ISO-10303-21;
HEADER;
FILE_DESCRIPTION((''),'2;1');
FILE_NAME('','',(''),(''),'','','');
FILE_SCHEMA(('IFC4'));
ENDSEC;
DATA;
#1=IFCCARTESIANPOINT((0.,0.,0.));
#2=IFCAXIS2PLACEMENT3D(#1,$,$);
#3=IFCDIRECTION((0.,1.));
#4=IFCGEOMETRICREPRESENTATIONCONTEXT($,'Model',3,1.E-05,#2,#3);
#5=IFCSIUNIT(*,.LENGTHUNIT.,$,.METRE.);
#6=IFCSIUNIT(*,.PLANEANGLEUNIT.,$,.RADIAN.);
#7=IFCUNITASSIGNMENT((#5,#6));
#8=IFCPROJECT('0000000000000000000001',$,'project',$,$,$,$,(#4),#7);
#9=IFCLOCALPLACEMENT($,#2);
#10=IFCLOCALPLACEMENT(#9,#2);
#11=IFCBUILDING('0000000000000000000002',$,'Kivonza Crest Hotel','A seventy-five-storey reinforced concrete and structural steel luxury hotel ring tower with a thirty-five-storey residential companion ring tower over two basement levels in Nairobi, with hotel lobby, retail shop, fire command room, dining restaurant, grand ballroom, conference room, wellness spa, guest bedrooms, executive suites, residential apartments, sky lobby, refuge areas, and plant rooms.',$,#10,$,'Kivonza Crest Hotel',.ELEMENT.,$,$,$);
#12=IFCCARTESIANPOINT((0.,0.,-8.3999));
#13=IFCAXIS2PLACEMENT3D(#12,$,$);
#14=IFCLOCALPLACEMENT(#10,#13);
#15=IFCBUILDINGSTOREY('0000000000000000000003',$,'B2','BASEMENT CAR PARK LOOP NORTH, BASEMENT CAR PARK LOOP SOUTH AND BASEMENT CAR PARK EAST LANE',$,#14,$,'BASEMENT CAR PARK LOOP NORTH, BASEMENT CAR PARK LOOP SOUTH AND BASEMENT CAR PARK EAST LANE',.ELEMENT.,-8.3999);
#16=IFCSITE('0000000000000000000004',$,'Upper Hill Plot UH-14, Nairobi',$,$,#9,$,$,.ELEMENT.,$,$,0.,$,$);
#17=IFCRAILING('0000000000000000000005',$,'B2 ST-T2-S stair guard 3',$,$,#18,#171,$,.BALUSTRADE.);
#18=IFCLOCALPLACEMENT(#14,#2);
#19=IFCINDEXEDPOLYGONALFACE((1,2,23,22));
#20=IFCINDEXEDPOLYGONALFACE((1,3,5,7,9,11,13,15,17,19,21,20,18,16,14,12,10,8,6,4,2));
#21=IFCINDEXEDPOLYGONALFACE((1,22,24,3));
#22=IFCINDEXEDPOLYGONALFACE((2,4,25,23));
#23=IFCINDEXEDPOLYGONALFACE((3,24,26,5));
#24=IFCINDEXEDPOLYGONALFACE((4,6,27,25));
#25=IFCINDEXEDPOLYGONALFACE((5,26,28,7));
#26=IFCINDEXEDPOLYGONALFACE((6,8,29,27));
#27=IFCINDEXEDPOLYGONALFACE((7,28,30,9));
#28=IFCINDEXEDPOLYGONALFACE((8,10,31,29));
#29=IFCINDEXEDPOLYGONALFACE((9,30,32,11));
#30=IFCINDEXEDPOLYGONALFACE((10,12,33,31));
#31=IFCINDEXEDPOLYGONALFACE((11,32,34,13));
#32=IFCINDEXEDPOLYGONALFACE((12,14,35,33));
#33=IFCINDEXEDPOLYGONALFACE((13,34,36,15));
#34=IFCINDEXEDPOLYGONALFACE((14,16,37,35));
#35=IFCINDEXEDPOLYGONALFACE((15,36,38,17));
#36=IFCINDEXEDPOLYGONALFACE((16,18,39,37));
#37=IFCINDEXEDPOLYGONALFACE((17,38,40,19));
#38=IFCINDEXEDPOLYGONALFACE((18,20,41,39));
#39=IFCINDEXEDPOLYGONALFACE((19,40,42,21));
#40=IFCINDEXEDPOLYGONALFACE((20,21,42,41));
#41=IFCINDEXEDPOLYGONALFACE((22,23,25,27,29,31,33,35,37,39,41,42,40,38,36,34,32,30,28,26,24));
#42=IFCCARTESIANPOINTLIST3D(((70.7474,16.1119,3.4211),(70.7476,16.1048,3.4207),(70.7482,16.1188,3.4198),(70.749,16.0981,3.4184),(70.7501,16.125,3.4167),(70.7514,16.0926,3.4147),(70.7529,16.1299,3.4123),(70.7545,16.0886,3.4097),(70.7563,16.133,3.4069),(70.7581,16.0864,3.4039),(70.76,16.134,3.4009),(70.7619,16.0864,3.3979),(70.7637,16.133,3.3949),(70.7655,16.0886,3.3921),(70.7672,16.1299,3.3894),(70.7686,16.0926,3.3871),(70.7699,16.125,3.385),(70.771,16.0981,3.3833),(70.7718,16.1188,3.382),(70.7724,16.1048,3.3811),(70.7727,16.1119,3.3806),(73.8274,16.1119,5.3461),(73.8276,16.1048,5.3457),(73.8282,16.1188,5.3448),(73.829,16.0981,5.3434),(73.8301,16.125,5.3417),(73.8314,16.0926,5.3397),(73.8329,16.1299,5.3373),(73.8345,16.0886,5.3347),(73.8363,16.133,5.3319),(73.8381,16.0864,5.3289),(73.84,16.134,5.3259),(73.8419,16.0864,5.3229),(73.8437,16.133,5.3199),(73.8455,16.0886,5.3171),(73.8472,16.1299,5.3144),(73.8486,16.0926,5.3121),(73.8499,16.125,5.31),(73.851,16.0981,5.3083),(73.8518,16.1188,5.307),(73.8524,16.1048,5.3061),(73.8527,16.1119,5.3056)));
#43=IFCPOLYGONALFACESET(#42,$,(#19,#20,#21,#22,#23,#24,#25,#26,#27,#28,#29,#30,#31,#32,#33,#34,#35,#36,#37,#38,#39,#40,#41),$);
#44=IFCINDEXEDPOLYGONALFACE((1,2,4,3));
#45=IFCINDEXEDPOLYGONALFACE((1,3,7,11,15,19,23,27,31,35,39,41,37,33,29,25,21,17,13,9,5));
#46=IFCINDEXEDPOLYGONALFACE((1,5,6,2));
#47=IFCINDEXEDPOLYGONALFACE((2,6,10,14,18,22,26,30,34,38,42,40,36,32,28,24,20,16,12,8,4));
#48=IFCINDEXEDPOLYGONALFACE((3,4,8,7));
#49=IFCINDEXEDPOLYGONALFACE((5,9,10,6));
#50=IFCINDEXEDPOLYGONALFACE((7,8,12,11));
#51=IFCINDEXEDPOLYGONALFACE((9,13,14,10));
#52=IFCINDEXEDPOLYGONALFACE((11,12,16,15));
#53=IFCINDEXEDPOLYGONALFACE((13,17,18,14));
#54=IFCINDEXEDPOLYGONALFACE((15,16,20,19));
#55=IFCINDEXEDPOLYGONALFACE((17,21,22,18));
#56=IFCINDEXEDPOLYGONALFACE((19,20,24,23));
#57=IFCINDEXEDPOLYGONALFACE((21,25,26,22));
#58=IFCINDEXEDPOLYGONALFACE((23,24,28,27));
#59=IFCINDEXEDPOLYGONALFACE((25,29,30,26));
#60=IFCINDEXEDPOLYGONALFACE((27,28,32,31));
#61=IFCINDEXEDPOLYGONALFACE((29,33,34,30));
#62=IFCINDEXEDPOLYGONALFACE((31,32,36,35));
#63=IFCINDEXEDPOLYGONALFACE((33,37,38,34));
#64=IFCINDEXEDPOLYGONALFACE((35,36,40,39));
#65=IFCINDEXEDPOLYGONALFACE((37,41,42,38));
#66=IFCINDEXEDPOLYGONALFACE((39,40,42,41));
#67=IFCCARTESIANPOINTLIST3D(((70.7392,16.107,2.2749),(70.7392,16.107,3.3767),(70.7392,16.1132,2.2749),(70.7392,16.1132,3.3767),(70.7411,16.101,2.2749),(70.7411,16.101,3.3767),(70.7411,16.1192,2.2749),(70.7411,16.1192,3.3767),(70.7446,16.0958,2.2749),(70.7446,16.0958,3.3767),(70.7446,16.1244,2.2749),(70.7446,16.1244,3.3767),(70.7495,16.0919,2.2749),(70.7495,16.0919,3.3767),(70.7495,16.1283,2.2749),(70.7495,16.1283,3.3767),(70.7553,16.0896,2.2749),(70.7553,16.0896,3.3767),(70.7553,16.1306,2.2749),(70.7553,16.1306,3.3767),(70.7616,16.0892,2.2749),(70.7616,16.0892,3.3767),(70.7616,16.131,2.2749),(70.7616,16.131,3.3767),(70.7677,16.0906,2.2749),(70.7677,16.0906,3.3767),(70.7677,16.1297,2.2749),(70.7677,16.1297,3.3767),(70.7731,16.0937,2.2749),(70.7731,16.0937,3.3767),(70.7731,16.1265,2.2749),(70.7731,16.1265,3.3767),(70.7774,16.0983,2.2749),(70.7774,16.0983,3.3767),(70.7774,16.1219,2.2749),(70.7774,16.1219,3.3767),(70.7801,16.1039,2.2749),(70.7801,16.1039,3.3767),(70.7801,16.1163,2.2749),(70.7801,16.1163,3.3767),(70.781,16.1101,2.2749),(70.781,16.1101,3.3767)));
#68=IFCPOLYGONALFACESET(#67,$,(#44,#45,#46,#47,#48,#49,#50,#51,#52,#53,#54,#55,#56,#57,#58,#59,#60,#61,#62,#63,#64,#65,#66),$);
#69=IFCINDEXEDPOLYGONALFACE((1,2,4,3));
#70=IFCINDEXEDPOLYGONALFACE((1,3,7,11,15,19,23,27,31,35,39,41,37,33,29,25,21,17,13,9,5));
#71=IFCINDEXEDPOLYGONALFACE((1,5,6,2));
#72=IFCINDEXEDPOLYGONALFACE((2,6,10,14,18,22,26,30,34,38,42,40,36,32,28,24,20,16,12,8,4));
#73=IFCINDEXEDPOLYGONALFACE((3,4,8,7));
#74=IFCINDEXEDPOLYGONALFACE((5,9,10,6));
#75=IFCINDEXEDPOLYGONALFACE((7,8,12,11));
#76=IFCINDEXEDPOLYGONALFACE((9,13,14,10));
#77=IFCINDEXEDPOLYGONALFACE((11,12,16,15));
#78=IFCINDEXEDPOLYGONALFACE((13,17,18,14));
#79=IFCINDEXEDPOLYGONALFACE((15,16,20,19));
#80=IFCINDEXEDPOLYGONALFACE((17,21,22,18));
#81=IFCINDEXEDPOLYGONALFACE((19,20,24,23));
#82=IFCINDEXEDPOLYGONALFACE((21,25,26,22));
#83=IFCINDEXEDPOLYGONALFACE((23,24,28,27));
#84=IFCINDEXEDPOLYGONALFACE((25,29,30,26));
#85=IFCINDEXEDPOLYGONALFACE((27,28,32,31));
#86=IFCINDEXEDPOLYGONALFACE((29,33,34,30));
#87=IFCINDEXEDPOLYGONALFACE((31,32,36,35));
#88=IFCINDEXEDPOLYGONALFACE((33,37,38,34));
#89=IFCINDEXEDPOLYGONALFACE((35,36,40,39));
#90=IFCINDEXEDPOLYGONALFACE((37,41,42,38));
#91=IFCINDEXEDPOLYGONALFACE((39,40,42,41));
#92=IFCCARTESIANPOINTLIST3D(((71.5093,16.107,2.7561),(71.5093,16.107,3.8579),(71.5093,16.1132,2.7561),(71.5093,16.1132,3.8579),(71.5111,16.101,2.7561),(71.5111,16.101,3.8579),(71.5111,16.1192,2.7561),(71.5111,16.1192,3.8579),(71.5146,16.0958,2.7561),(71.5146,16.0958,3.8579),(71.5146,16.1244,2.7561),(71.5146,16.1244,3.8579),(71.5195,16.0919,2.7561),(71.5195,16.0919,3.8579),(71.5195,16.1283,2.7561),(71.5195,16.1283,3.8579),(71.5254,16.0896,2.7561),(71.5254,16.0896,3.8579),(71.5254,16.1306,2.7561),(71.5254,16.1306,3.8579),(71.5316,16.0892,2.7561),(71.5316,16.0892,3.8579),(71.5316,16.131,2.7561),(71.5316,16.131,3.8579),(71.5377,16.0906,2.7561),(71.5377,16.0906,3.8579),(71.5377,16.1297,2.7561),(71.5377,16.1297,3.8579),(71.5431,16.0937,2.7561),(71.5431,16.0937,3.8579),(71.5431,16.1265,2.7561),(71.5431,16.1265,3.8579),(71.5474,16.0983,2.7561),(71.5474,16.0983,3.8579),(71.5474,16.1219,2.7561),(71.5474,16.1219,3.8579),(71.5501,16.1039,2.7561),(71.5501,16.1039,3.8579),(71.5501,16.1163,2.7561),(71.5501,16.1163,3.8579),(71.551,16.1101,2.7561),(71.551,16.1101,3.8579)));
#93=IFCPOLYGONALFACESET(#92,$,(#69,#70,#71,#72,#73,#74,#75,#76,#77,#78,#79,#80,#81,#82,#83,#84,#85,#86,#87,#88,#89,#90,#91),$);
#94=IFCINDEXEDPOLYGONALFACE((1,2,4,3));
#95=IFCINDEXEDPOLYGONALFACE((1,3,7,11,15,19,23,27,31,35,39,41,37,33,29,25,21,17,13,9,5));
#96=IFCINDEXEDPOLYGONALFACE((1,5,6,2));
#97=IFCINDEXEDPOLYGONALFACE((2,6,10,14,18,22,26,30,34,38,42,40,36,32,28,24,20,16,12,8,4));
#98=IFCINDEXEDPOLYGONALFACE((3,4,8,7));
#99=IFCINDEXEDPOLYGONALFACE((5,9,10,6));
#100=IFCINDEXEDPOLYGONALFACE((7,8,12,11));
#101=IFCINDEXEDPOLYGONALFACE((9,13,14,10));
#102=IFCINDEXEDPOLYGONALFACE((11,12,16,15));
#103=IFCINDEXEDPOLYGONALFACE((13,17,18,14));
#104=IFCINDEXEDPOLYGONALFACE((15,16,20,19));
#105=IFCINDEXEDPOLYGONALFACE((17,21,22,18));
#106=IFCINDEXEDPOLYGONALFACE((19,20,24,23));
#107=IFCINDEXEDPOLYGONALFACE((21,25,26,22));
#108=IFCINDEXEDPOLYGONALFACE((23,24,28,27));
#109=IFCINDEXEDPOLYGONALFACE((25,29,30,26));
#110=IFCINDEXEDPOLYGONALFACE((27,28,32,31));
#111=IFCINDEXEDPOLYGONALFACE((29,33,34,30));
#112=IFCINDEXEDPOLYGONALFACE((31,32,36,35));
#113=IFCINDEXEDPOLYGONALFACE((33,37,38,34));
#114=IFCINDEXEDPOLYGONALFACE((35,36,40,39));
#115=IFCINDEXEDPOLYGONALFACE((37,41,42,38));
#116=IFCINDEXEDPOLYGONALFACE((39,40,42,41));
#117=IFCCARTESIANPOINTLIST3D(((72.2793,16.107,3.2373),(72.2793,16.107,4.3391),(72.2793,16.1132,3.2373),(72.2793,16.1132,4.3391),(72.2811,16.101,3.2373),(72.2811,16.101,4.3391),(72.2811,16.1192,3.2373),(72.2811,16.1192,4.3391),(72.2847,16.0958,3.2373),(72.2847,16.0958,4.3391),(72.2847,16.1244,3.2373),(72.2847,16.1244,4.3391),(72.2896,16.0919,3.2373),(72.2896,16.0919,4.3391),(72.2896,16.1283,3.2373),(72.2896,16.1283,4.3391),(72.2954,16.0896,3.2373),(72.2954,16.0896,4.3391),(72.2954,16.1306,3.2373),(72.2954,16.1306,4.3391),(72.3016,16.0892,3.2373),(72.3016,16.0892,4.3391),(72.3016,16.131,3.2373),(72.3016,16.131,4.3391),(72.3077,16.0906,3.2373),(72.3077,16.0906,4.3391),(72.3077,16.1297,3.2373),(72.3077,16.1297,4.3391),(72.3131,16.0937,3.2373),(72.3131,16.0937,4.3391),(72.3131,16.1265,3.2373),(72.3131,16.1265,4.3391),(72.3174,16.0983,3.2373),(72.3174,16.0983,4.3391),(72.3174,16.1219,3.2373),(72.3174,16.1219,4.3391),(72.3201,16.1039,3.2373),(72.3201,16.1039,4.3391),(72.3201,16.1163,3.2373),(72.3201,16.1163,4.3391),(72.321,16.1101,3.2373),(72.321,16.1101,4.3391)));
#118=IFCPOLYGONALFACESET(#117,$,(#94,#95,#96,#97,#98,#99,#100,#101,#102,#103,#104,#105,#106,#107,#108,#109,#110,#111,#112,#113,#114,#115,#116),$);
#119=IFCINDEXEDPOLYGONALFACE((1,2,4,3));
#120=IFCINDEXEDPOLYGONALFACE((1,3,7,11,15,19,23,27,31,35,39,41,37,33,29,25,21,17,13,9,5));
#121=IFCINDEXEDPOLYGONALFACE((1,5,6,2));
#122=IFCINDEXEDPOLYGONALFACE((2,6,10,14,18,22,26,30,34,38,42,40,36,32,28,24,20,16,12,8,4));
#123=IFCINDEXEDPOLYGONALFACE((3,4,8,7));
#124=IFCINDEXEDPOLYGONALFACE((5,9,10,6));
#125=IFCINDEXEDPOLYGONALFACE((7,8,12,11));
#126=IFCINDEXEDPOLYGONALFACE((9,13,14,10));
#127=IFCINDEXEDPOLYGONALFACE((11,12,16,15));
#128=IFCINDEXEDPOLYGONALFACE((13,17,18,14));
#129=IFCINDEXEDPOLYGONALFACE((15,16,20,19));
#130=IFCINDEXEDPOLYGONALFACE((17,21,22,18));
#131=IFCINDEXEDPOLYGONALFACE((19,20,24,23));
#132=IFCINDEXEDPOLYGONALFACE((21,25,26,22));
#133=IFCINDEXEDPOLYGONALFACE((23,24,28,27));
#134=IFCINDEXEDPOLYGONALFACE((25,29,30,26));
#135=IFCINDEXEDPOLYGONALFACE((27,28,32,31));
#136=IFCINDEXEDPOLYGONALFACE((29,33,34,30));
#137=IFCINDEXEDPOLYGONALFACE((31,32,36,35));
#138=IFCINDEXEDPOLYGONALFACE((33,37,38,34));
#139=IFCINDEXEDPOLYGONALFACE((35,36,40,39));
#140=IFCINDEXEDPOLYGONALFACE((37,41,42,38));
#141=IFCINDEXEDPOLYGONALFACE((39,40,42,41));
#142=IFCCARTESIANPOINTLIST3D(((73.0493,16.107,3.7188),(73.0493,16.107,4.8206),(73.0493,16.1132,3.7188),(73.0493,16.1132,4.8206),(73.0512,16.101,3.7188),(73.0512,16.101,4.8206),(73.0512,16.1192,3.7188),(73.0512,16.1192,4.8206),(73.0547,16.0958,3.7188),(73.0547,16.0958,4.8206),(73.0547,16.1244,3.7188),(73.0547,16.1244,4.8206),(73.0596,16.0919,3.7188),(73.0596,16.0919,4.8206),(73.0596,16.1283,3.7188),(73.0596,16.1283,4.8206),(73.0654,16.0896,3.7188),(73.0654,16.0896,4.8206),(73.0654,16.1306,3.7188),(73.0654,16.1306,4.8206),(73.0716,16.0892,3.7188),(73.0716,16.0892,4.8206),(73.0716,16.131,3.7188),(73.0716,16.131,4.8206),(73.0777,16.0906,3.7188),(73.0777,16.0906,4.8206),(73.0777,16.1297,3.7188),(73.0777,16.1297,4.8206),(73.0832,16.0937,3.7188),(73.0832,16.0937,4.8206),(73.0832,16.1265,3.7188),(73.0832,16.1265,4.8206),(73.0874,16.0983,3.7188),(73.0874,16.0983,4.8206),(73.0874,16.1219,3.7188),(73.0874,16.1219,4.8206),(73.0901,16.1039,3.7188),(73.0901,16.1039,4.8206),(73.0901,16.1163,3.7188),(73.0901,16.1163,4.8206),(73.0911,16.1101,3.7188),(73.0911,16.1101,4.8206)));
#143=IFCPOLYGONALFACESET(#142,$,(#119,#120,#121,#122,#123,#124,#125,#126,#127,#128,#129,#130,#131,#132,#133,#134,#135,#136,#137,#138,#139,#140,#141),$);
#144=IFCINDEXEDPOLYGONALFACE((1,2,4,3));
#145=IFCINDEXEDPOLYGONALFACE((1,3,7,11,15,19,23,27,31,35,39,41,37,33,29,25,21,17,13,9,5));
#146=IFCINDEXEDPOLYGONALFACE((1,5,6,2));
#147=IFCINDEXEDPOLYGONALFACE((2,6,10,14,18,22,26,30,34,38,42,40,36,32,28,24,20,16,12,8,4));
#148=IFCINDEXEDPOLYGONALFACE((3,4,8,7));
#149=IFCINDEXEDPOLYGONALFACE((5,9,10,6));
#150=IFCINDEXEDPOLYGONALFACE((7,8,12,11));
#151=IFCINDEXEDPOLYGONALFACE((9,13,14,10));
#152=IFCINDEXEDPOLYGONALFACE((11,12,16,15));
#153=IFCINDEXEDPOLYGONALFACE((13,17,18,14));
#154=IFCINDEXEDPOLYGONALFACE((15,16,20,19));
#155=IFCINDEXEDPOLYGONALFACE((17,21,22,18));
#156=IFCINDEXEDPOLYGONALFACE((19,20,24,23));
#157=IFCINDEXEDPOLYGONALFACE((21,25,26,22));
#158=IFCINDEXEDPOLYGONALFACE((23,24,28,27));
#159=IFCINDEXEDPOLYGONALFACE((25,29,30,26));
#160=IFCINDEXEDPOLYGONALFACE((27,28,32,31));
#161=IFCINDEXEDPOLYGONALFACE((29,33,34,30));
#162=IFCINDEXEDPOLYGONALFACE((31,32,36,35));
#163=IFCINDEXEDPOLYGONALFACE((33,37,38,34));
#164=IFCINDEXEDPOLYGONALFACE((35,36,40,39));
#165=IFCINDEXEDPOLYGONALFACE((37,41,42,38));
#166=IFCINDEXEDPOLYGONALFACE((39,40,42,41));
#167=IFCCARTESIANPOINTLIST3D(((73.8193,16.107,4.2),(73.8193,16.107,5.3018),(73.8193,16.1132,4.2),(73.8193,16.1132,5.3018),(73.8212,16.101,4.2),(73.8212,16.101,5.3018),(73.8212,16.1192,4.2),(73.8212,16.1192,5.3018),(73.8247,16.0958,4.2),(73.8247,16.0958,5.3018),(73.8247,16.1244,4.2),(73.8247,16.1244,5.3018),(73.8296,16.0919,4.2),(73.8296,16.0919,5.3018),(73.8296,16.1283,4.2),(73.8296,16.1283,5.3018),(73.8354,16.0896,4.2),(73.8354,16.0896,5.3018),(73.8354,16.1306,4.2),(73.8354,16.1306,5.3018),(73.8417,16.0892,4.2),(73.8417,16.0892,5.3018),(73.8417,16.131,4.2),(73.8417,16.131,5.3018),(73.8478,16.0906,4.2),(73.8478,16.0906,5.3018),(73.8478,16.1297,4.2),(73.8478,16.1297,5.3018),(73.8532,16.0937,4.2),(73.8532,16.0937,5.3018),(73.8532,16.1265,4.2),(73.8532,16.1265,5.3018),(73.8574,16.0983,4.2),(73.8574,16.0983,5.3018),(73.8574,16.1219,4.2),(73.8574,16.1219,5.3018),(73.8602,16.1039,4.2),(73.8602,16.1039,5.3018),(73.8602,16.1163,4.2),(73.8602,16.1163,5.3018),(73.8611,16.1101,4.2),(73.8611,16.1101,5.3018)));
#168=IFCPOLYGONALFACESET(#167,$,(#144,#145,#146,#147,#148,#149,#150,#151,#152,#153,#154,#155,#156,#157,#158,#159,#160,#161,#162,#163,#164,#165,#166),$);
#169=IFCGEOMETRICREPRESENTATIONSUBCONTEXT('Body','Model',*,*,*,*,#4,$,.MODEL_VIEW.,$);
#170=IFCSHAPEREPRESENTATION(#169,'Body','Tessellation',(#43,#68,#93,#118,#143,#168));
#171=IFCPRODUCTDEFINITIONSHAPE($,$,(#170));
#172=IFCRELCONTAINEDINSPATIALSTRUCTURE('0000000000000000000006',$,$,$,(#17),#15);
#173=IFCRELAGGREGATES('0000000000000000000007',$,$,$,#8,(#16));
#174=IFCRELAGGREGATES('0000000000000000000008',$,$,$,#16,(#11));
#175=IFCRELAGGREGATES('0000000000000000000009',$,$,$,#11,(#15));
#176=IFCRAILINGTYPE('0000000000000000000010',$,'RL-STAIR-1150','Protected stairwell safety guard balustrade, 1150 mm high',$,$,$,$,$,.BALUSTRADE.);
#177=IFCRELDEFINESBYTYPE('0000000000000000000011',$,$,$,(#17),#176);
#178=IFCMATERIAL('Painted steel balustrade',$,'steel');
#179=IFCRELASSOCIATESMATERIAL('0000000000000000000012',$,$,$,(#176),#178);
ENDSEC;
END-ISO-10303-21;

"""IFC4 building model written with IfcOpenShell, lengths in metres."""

from ifc_helpers import new_model, si_unit, direction, frame, origin, origin_2d, place, context, subcontext, project, spatial, circle, extrude, material, type_object, element, save


model = new_model("IFC4")

# Units and contexts
model_context = context("Model", 3, precision=1e-05, world=origin(), true_north=direction((0.0, 1.0)))
body_context = subcontext(model_context, "Body", "Model", "MODEL_VIEW")
ifc_project = project(units=[si_unit("LENGTHUNIT", "METRE"), si_unit("PLANEANGLEUNIT", "RADIAN")], contexts=[model_context])

# Site, building, storey
site_placement = place(None, origin())
site = spatial("IfcSite", under=ifc_project, at=site_placement, Name="Upper Hill Plot UH-14, Nairobi", CompositionType="ELEMENT", RefElevation=0.0)
building_placement = place(site_placement, origin())
building = spatial("IfcBuilding", under=site, at=building_placement, Name="Kivonza Crest Hotel", Description="A seventy-five-storey reinforced concrete and structural steel luxury hotel ring tower with a thirty-five-storey residential companion ring tower over two basement levels in Nairobi, with hotel lobby, retail shop, fire command room, dining restaurant, grand ballroom, conference room, wellness spa, guest bedrooms, executive suites, residential apartments, sky lobby, refuge areas, and plant rooms.", LongName="Kivonza Crest Hotel", CompositionType="ELEMENT")
storey_placement = place(building_placement, frame((0.0, 0.0, -8.3999)))
storey = spatial("IfcBuildingStorey", under=building, at=storey_placement, Name="B2", Description="BASEMENT CAR PARK LOOP NORTH, BASEMENT CAR PARK LOOP SOUTH AND BASEMENT CAR PARK EAST LANE", LongName="BASEMENT CAR PARK LOOP NORTH, BASEMENT CAR PARK LOOP SOUTH AND BASEMENT CAR PARK EAST LANE", CompositionType="ELEMENT", Elevation=-8.3999)

# Railing
ifc_material_1 = material(Name="Painted steel balustrade", Category="steel")
railing_type_1 = type_object("IfcRailingType", Name="RL-STAIR-1150", Description="Protected stairwell safety guard balustrade, 1150 mm high", PredefinedType="BALUSTRADE", material=ifc_material_1)
railing_1_placement = place(storey_placement, frame((70.76, 16.1101, 2.2749)))
element("IfcRailing", 1, at=railing_1_placement, inside=storey, type_object=railing_type_1, Name="B2 ST-T2-S stair guard 3", PredefinedType="BALUSTRADE", context=body_context, shape_type="SweptSolid", body=[
    extrude(circle(Radius=0.0239, at=origin_2d()), frame((0.0, 0.0, 1.126), z_axis=(0.847998, 0.0, 0.529999), x_axis=(0.0, 1.0, 0.0)), (0.0, 0.0, 1.0), 3.6321),
    extrude(circle(Radius=0.021, at=origin_2d()), origin(), (0.0, 0.0, 1.0), 1.1018),
    extrude(circle(Radius=0.021, at=origin_2d()), frame((0.77, 0.0, 0.4812)), (0.0, 0.0, 1.0), 1.1018),
    extrude(circle(Radius=0.021, at=origin_2d()), frame((1.54, 0.0, 0.9624)), (0.0, 0.0, 1.0), 1.1018),
    extrude(circle(Radius=0.021, at=origin_2d()), frame((2.3101, 0.0, 1.4438)), (0.0, 0.0, 1.0), 1.1018),
    extrude(circle(Radius=0.021, at=origin_2d()), frame((3.0801, 0.0, 1.925)), (0.0, 0.0, 1.0), 1.1018),
])

save(model, "model.ifc")
